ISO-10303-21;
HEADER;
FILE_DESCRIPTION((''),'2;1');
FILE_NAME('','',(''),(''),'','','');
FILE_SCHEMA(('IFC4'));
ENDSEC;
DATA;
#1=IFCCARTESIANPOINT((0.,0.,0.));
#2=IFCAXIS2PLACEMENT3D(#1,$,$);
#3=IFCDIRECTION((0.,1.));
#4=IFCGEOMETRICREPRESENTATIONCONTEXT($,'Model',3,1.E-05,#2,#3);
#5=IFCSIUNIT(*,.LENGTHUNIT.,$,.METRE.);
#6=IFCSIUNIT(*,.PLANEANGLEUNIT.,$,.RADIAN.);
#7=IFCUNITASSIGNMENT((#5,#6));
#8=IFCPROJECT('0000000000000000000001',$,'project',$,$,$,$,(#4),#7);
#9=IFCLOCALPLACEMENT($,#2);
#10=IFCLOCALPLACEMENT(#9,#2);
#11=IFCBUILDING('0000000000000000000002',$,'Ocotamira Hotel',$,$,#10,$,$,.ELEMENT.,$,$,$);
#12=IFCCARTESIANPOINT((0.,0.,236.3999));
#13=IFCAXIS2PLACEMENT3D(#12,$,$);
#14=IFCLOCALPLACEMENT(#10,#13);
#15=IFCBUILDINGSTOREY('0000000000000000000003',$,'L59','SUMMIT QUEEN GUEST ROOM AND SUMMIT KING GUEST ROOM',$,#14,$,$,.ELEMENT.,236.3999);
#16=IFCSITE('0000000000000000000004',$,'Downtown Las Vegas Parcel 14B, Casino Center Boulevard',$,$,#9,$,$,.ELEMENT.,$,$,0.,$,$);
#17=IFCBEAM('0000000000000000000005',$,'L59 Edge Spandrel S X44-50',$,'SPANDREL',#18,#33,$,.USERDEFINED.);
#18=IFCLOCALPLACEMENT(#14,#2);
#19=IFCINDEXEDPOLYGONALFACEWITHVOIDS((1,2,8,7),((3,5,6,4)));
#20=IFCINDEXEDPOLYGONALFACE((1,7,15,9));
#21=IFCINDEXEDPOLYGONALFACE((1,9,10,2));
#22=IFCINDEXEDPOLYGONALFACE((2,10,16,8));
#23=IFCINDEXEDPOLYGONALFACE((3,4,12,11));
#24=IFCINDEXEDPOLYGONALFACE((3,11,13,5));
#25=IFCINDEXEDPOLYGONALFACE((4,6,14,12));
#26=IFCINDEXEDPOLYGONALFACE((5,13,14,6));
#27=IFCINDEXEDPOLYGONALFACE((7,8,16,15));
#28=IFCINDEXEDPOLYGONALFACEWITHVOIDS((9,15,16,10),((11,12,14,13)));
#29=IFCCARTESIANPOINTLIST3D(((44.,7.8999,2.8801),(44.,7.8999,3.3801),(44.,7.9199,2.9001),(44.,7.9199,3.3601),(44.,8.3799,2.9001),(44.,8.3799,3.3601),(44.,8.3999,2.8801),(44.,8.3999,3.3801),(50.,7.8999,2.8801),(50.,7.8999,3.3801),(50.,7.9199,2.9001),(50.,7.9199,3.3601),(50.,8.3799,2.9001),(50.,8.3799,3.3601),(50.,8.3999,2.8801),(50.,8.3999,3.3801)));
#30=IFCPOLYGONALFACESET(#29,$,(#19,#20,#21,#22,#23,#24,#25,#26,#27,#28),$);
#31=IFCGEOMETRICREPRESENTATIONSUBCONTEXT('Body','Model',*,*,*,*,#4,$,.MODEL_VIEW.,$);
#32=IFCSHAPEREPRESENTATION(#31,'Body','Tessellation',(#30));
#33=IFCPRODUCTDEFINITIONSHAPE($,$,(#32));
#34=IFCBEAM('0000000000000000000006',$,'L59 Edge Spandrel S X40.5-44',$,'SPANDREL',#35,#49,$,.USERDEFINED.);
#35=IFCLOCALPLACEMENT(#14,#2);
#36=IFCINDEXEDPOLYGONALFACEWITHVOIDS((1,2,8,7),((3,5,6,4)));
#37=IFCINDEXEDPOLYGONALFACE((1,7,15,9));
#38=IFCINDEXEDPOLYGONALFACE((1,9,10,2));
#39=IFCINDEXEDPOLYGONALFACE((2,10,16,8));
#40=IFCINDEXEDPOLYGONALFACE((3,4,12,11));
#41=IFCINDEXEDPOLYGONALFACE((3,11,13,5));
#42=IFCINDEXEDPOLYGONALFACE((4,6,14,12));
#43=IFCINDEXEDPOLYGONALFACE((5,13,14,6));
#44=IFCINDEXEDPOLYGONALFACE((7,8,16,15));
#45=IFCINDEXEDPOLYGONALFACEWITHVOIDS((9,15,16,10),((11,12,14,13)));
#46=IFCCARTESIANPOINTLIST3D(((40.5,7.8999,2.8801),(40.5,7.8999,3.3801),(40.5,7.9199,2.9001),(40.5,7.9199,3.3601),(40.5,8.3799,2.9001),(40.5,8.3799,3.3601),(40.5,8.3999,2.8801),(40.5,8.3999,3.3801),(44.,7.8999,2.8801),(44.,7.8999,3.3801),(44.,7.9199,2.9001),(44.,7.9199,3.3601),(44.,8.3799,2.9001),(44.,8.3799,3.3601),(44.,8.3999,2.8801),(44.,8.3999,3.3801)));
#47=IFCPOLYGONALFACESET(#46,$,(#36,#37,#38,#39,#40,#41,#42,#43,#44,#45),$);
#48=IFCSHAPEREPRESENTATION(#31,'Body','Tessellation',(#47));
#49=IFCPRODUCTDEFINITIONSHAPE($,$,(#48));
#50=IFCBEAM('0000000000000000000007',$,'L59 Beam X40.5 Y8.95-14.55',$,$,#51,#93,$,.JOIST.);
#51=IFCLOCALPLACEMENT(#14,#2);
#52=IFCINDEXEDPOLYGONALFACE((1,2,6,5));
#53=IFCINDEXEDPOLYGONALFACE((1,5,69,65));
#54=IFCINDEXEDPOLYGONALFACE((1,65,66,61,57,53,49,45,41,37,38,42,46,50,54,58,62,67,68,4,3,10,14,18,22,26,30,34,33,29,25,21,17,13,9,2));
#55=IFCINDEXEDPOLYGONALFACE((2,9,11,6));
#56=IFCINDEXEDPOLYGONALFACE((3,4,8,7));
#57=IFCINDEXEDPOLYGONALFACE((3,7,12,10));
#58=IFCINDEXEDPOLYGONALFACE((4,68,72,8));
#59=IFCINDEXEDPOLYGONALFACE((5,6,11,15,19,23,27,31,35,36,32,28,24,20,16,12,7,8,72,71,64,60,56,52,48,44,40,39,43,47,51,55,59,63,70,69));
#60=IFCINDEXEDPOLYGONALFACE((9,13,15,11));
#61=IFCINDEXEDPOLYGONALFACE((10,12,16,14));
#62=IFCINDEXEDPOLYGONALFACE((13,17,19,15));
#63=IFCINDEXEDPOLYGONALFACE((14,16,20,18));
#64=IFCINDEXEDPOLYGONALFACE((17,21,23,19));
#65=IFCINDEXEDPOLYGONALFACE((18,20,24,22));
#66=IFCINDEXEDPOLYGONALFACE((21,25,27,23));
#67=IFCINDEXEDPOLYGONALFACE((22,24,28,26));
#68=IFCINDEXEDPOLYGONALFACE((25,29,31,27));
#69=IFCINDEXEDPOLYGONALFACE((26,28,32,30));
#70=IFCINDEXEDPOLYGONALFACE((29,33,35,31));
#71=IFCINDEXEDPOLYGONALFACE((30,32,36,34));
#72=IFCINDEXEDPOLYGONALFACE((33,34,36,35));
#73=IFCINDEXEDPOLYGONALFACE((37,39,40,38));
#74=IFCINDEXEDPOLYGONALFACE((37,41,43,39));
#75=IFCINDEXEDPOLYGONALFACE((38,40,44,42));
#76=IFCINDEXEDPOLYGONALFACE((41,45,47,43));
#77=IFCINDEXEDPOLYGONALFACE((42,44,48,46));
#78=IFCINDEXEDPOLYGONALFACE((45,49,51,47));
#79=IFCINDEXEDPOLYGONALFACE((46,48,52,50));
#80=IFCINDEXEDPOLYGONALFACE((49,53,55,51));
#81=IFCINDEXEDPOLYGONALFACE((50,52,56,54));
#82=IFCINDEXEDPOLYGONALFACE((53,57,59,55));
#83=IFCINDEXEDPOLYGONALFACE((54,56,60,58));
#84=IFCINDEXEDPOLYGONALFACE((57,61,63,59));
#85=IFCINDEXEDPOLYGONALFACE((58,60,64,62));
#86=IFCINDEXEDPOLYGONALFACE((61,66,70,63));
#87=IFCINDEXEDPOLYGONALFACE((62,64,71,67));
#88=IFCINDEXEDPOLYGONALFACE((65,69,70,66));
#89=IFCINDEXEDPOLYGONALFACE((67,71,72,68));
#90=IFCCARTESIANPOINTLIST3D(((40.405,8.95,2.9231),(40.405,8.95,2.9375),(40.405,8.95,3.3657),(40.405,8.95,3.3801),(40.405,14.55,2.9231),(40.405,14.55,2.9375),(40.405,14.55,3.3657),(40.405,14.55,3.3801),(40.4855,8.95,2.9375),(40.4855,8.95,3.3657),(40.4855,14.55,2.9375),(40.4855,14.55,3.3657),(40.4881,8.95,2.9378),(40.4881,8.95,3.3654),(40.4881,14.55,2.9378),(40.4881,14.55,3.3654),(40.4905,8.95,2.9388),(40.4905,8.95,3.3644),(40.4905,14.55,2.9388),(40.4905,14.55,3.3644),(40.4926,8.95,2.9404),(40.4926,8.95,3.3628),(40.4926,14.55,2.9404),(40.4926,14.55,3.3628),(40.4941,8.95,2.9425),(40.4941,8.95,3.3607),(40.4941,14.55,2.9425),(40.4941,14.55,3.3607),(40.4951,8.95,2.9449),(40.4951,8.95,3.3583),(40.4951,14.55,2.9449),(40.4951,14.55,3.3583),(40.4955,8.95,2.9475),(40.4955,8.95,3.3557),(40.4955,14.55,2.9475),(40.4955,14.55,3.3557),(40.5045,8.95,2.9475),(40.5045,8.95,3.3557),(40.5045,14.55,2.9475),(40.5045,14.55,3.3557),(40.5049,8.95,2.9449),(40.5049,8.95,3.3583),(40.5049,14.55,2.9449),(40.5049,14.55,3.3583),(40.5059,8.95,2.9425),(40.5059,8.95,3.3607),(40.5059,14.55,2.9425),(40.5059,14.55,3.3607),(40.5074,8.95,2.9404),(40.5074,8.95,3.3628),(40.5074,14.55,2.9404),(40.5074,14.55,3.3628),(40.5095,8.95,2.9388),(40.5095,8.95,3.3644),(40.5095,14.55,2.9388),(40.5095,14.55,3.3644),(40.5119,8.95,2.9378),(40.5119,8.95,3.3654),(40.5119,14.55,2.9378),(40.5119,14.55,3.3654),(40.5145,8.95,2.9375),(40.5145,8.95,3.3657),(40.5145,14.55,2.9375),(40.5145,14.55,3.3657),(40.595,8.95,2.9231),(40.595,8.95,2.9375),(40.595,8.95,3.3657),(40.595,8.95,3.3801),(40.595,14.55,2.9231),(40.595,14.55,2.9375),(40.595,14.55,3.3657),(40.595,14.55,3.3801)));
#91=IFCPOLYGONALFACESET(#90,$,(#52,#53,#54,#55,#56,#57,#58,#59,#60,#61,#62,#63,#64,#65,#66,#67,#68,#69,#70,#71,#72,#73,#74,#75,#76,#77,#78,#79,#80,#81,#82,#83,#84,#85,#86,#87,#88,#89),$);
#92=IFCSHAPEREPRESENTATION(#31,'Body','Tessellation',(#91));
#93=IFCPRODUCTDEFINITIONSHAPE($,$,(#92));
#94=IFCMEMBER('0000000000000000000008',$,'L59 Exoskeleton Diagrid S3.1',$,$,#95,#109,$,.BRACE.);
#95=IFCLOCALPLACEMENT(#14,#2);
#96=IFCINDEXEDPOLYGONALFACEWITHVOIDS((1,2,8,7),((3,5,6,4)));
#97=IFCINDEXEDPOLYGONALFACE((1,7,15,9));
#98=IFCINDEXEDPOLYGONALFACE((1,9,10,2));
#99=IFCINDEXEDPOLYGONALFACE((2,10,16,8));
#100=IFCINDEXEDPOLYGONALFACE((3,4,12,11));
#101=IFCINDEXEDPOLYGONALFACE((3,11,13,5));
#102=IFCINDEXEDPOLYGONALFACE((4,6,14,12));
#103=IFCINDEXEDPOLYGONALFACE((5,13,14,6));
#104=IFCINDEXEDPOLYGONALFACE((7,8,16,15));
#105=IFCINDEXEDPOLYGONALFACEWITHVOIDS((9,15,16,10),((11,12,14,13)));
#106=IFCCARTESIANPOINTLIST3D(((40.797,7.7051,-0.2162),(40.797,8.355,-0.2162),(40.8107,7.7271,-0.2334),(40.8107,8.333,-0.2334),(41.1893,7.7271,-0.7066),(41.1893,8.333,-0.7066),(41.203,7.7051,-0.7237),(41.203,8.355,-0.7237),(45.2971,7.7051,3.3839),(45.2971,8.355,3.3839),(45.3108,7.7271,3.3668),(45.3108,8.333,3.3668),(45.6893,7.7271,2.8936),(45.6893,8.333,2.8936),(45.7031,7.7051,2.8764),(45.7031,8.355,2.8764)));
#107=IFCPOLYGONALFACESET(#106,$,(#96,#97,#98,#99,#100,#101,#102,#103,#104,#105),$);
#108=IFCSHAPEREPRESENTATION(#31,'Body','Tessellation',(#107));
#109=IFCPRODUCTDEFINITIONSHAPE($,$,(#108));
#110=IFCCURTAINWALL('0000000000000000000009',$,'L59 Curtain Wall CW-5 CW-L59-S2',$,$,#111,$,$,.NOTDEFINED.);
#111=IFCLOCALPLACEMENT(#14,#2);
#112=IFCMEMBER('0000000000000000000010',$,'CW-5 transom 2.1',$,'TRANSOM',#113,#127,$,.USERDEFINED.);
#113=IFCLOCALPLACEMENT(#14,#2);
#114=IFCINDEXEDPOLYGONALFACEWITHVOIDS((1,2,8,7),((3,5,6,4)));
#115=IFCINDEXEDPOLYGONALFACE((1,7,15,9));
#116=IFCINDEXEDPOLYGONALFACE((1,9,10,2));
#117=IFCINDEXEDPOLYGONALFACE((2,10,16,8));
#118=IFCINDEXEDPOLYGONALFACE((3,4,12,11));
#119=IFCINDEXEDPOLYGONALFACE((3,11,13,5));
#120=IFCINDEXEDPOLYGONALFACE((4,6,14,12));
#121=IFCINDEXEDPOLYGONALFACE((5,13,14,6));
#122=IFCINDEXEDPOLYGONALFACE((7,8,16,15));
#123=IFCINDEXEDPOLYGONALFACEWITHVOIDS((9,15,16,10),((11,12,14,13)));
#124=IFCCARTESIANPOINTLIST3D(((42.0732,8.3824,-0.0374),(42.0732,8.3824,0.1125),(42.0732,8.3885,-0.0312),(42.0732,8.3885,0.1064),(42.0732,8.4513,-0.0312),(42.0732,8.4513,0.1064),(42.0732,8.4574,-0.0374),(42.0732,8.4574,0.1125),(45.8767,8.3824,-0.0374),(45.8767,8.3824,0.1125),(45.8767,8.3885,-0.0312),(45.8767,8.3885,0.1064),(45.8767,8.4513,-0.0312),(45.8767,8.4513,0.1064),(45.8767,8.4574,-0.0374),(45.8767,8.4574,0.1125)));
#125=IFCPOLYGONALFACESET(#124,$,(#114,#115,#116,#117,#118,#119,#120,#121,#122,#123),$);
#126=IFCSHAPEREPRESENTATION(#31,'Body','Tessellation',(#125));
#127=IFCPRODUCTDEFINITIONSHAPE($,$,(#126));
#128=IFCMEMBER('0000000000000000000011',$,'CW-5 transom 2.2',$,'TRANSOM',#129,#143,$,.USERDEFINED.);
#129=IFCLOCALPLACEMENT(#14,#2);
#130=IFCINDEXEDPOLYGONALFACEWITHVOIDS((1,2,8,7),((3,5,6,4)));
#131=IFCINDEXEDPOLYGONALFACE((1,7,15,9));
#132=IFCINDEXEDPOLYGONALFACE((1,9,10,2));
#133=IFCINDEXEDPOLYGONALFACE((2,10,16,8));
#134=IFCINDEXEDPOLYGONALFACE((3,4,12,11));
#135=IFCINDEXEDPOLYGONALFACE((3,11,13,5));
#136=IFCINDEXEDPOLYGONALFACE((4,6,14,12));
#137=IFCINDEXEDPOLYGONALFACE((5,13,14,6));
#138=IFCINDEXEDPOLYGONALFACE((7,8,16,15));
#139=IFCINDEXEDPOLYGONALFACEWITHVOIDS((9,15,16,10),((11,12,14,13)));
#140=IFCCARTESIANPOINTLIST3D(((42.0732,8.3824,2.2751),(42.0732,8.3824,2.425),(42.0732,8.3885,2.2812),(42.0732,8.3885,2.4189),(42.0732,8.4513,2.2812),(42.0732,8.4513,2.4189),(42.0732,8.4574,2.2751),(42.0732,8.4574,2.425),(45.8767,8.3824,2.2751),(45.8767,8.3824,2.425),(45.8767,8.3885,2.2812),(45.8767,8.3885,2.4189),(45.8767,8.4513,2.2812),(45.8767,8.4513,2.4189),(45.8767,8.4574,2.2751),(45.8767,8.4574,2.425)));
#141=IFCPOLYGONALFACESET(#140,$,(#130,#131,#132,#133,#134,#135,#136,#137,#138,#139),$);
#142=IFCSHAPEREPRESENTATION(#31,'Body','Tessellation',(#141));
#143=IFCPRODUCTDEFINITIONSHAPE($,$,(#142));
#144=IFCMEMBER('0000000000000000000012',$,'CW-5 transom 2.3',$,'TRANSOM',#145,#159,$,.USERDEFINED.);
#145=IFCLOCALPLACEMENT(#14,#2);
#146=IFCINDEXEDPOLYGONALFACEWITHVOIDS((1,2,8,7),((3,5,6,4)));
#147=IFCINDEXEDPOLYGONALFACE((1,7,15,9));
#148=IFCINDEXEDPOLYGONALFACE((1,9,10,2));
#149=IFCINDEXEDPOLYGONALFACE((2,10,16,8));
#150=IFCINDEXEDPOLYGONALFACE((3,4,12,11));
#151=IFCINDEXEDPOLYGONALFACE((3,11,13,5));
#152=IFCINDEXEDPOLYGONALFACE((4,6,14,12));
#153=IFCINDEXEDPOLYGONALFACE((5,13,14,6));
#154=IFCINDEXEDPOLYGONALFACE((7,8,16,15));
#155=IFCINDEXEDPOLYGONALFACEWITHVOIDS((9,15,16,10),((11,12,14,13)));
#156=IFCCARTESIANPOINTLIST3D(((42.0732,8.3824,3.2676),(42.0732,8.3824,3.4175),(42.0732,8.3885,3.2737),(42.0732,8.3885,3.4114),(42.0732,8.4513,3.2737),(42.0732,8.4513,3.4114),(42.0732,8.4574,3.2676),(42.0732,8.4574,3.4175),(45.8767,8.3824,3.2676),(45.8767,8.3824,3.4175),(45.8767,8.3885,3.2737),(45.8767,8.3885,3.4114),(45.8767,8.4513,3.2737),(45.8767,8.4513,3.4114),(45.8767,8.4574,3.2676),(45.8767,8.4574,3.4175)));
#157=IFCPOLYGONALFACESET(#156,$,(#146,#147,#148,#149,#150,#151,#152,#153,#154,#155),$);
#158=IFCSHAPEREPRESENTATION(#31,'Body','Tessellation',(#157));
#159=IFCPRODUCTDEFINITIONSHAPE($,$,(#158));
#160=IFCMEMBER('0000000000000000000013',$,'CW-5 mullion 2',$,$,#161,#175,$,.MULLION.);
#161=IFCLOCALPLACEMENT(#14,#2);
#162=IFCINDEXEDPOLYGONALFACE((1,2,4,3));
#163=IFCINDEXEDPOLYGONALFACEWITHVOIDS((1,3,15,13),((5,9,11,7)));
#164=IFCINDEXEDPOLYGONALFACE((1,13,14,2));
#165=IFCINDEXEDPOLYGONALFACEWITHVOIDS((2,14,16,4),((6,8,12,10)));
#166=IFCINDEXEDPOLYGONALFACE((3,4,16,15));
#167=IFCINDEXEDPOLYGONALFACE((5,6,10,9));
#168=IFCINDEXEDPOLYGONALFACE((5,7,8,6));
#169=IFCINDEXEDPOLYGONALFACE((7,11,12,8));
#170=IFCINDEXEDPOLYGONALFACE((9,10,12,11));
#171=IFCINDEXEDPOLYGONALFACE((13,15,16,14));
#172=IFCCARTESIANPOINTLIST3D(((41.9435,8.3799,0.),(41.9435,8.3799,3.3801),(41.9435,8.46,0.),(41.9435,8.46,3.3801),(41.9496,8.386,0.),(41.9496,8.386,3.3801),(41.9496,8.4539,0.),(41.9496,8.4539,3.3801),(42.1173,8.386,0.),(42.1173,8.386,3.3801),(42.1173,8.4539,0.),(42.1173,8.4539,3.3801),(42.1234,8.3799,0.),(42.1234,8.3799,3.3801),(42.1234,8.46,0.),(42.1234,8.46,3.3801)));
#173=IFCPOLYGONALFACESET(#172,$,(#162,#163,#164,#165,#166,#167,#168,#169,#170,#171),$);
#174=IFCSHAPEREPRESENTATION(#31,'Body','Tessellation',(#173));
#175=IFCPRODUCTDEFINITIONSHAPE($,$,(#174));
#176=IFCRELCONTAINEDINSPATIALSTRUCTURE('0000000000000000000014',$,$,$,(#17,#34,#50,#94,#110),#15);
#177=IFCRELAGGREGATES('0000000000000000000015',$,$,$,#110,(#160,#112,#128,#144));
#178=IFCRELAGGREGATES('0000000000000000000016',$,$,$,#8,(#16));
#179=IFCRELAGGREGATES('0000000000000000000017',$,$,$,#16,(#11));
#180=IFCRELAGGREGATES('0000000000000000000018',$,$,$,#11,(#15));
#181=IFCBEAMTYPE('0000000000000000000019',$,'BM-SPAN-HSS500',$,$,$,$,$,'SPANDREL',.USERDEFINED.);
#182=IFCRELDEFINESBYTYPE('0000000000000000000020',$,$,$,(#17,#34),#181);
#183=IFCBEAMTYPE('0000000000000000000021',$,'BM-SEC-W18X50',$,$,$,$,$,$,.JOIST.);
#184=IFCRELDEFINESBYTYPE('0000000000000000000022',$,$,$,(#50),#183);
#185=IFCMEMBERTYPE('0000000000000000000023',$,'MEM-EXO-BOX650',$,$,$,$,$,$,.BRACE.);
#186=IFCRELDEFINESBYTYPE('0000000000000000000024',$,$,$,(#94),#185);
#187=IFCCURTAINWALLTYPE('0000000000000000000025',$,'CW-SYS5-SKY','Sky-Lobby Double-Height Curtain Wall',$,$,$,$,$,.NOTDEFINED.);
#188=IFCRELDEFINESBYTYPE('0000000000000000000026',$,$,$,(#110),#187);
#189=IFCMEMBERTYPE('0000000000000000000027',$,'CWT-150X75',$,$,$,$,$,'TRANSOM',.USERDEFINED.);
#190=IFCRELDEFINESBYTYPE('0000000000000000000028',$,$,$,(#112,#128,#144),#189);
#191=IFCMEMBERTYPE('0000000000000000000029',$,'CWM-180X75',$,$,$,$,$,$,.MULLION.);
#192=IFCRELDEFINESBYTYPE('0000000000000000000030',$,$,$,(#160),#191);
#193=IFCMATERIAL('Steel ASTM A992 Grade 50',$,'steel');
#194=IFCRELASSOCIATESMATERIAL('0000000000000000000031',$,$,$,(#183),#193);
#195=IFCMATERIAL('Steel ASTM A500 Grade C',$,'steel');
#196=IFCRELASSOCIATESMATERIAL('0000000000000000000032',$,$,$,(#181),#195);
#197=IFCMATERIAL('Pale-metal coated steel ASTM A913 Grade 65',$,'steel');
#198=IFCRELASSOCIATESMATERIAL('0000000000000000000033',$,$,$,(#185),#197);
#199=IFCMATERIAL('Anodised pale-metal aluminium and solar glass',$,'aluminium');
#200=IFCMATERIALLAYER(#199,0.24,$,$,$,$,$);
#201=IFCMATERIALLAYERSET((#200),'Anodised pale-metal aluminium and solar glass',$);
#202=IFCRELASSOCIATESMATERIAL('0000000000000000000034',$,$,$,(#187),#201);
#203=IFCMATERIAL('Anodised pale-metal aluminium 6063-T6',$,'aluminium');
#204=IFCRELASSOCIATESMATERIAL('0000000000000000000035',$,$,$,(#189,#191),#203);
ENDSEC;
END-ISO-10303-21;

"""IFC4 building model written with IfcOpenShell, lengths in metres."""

from ifc_helpers import new_model, si_unit, direction, frame, origin, origin_2d, place, context, subcontext, project, spatial, hollow_rectangle, i_section, extrude, source, transform, mapped, material, layer, layer_set, material_profile, profile_set, type_object, element, aggregate, save


model = new_model("IFC4")

# Units and contexts
model_context = context("Model", 3, precision=1e-05, world=origin(), true_north=direction((0.0, 1.0)))
body_context = subcontext(model_context, "Body", "Model", "MODEL_VIEW")
ifc_project = project(units=[si_unit("LENGTHUNIT", "METRE"), si_unit("PLANEANGLEUNIT", "RADIAN")], contexts=[model_context])

# Site, building, storey
site_placement = place(None, origin())
site = spatial("IfcSite", under=ifc_project, at=site_placement, Name="Downtown Las Vegas Parcel 14B, Casino Center Boulevard", CompositionType="ELEMENT", RefElevation=0.0)
building_placement = place(site_placement, origin())
building = spatial("IfcBuilding", under=site, at=building_placement, Name="Ocotamira Hotel", CompositionType="ELEMENT")
storey_placement = place(building_placement, frame((0.0, 0.0, 236.3999)))
storey = spatial("IfcBuildingStorey", under=building, at=storey_placement, Name="L59", Description="SUMMIT QUEEN GUEST ROOM AND SUMMIT KING GUEST ROOM", CompositionType="ELEMENT", Elevation=236.3999)

# Shared definitions
ifc_material_1 = material(Name="Steel ASTM A992 Grade 50", Category="steel")

# Beams
ifc_material_profile_1 = material_profile(ifc_material_1, i_section(OverallWidth=0.1899, OverallDepth=0.457, WebThickness=0.009, FlangeThickness=0.0144, FilletRadius=0.01, at=origin_2d()), Name="W18X50")
ifc_profile_set_1 = profile_set([ifc_material_profile_1], Name="Steel ASTM A992 Grade 50")
beam_type_1 = type_object("IfcBeamType", Name="BM-SEC-W18X50", PredefinedType="JOIST", material=ifc_profile_set_1)
ifc_material_2 = material(Name="Steel ASTM A500 Grade C", Category="steel")
ifc_material_profile_2 = material_profile(ifc_material_2, hollow_rectangle(XDim=0.5, YDim=0.5, WallThickness=0.02, at=origin_2d()), Name="HSS500X500X20")
ifc_profile_set_2 = profile_set([ifc_material_profile_2], Name="Steel ASTM A500 Grade C")
beam_type_2 = type_object("IfcBeamType", Name="BM-SPAN-HSS500", ElementType="SPANDREL", PredefinedType="USERDEFINED", material=ifc_profile_set_2)
shared_shape_1 = source(origin(), body_context, "Body", "SweptSolid", [
    extrude(hollow_rectangle(XDim=0.5, YDim=0.5, WallThickness=0.02, at=origin_2d()), origin(), (0.0, 0.0, 1.0), 6.0),
])
beam_1_placement = place(storey_placement, frame((44.0, 8.1499, 3.1301), z_axis=(1.0, 0.0, 0.0), x_axis=(0.0, 1.0, 0.0)))
element("IfcBeam", 1, at=beam_1_placement, inside=storey, type_object=beam_type_2, Name="L59 Edge Spandrel S X44-50", ObjectType="SPANDREL", PredefinedType="USERDEFINED", context=body_context, shape_type="MappedRepresentation", body=[
    mapped(shared_shape_1, transform((0.0, 0.0, 0.0), scale=1.0)),
])
shared_shape_2 = source(origin(), body_context, "Body", "SweptSolid", [
    extrude(hollow_rectangle(XDim=0.5, YDim=0.5, WallThickness=0.02, at=origin_2d()), origin(), (0.0, 0.0, 1.0), 3.5),
])
beam_2_placement = place(storey_placement, frame((40.5, 8.1499, 3.1301), z_axis=(1.0, 0.0, 0.0), x_axis=(0.0, 1.0, 0.0)))
element("IfcBeam", 2, at=beam_2_placement, inside=storey, type_object=beam_type_2, Name="L59 Edge Spandrel S X40.5-44", ObjectType="SPANDREL", PredefinedType="USERDEFINED", context=body_context, shape_type="MappedRepresentation", body=[
    mapped(shared_shape_2, transform((0.0, 0.0, 0.0), scale=1.0)),
])
shared_shape_3 = source(origin(), body_context, "Body", "SweptSolid", [
    extrude(i_section(OverallWidth=0.1899, OverallDepth=0.457, WebThickness=0.009, FlangeThickness=0.0144, FilletRadius=0.01, at=origin_2d()), origin(), (0.0, 0.0, 1.0), 5.6001),
])
beam_3_placement = place(storey_placement, frame((40.5, 8.95, 3.1516), z_axis=(0.0, 1.0, 0.0), x_axis=(-1.0, 0.0, 0.0)))
element("IfcBeam", 3, at=beam_3_placement, inside=storey, type_object=beam_type_1, Name="L59 Beam X40.5 Y8.95-14.55", PredefinedType="JOIST", context=body_context, shape_type="MappedRepresentation", body=[
    mapped(shared_shape_3, transform((0.0, 0.0, 0.0), scale=1.0)),
])

# Member
ifc_material_3 = material(Name="Pale-metal coated steel ASTM A913 Grade 65", Category="steel")
ifc_material_profile_3 = material_profile(ifc_material_3, hollow_rectangle(XDim=0.6499, YDim=0.6499, WallThickness=0.022, at=origin_2d()), Name="BOX650X650X22")
ifc_profile_set_3 = profile_set([ifc_material_profile_3], Name="Pale-metal coated steel ASTM A913 Grade 65")
member_type_1 = type_object("IfcMemberType", Name="MEM-EXO-BOX650", PredefinedType="BRACE", material=ifc_profile_set_3)
shared_shape_4 = source(origin(), body_context, "Body", "SweptSolid", [
    extrude(hollow_rectangle(XDim=0.6499, YDim=0.6499, WallThickness=0.022, at=origin_2d()), origin(), (0.0, 0.0, 1.0), 5.7629),
])
member_1_placement = place(storey_placement, frame((41.0, 8.03, -0.47), z_axis=(0.780861, 0.0, 0.624705), x_axis=(0.0, 1.0, 0.0)))
element("IfcMember", 4, at=member_1_placement, inside=storey, type_object=member_type_1, Name="L59 Exoskeleton Diagrid S3.1", PredefinedType="BRACE", context=body_context, shape_type="MappedRepresentation", body=[
    mapped(shared_shape_4, transform((0.0, 0.0, 0.0), scale=1.0)),
])

# Curtain wall, members
ifc_material_4 = material(Name="Anodised pale-metal aluminium and solar glass", Category="aluminium")
ifc_layer_1 = layer(ifc_material_4, 0.24)
ifc_layer_set_1 = layer_set([ifc_layer_1], Name="Anodised pale-metal aluminium and solar glass")
curtain_wall_type_1 = type_object("IfcCurtainWallType", Name="CW-SYS5-SKY", Description="Sky-Lobby Double-Height Curtain Wall", PredefinedType="NOTDEFINED", material=ifc_layer_set_1)
curtain_wall_1_placement = place(storey_placement, origin())
curtain_wall_1 = element("IfcCurtainWall", 5, at=curtain_wall_1_placement, inside=storey, type_object=curtain_wall_type_1, Name="L59 Curtain Wall CW-5 CW-L59-S2", PredefinedType="NOTDEFINED")
ifc_material_5 = material(Name="Anodised pale-metal aluminium 6063-T6", Category="aluminium")
ifc_material_profile_4 = material_profile(ifc_material_5, hollow_rectangle(XDim=0.075, YDim=0.1499, WallThickness=0.0061, at=origin_2d()), Name="HSS150X75X6")
ifc_profile_set_4 = profile_set([ifc_material_profile_4], Name="Anodised pale-metal aluminium 6063-T6")
member_type_2 = type_object("IfcMemberType", Name="CWT-150X75", ElementType="TRANSOM", PredefinedType="USERDEFINED", material=ifc_profile_set_4)
shared_shape_5 = source(origin(), body_context, "Body", "SweptSolid", [
    extrude(hollow_rectangle(XDim=0.075, YDim=0.1499, WallThickness=0.0061, at=origin_2d()), origin(), (0.0, 0.0, 1.0), 3.8035),
])
member_2_placement = place(storey_placement, frame((42.0732, 8.4199, 0.0376), z_axis=(1.0, 0.0, 0.0), x_axis=(0.0, 1.0, 0.0)))
member_2 = element("IfcMember", 6, at=member_2_placement, type_object=member_type_2, Name="CW-5 transom 2.1", ObjectType="TRANSOM", PredefinedType="USERDEFINED", context=body_context, shape_type="MappedRepresentation", body=[
    mapped(shared_shape_5, transform((0.0, 0.0, 0.0), scale=1.0)),
])
member_3_placement = place(storey_placement, frame((42.0732, 8.4199, 2.3501), z_axis=(1.0, 0.0, 0.0), x_axis=(0.0, 1.0, 0.0)))
member_3 = element("IfcMember", 7, at=member_3_placement, type_object=member_type_2, Name="CW-5 transom 2.2", ObjectType="TRANSOM", PredefinedType="USERDEFINED", context=body_context, shape_type="MappedRepresentation", body=[
    mapped(shared_shape_5, transform((0.0, 0.0, 0.0), scale=1.0)),
])
member_4_placement = place(storey_placement, frame((42.0732, 8.4199, 3.3425), z_axis=(1.0, 0.0, 0.0), x_axis=(0.0, 1.0, 0.0)))
member_4 = element("IfcMember", 8, at=member_4_placement, type_object=member_type_2, Name="CW-5 transom 2.3", ObjectType="TRANSOM", PredefinedType="USERDEFINED", context=body_context, shape_type="MappedRepresentation", body=[
    mapped(shared_shape_5, transform((0.0, 0.0, 0.0), scale=1.0)),
])
ifc_material_profile_5 = material_profile(ifc_material_5, hollow_rectangle(XDim=0.0801, YDim=0.1799, WallThickness=0.0061, at=origin_2d()), Name="HSS180X80X6")
ifc_profile_set_5 = profile_set([ifc_material_profile_5], Name="Anodised pale-metal aluminium 6063-T6")
member_type_3 = type_object("IfcMemberType", Name="CWM-180X75", PredefinedType="MULLION", material=ifc_profile_set_5)
shared_shape_6 = source(origin(), body_context, "Body", "SweptSolid", [
    extrude(hollow_rectangle(XDim=0.0801, YDim=0.1799, WallThickness=0.0061, at=origin_2d()), origin(), (0.0, 0.0, 1.0), 3.3801),
])
member_5_placement = place(storey_placement, frame((42.0334, 8.4199, 0.0), z_axis=(0.0, 0.0, 1.0), x_axis=(0.0, 1.0, 0.0)))
member_5 = element("IfcMember", 9, at=member_5_placement, type_object=member_type_3, Name="CW-5 mullion 2", PredefinedType="MULLION", context=body_context, shape_type="MappedRepresentation", body=[
    mapped(shared_shape_6, transform((0.0, 0.0, 0.0), scale=1.0)),
])

aggregate(curtain_wall_1, [member_5, member_2, member_3, member_4])

save(model, "model.ifc")
